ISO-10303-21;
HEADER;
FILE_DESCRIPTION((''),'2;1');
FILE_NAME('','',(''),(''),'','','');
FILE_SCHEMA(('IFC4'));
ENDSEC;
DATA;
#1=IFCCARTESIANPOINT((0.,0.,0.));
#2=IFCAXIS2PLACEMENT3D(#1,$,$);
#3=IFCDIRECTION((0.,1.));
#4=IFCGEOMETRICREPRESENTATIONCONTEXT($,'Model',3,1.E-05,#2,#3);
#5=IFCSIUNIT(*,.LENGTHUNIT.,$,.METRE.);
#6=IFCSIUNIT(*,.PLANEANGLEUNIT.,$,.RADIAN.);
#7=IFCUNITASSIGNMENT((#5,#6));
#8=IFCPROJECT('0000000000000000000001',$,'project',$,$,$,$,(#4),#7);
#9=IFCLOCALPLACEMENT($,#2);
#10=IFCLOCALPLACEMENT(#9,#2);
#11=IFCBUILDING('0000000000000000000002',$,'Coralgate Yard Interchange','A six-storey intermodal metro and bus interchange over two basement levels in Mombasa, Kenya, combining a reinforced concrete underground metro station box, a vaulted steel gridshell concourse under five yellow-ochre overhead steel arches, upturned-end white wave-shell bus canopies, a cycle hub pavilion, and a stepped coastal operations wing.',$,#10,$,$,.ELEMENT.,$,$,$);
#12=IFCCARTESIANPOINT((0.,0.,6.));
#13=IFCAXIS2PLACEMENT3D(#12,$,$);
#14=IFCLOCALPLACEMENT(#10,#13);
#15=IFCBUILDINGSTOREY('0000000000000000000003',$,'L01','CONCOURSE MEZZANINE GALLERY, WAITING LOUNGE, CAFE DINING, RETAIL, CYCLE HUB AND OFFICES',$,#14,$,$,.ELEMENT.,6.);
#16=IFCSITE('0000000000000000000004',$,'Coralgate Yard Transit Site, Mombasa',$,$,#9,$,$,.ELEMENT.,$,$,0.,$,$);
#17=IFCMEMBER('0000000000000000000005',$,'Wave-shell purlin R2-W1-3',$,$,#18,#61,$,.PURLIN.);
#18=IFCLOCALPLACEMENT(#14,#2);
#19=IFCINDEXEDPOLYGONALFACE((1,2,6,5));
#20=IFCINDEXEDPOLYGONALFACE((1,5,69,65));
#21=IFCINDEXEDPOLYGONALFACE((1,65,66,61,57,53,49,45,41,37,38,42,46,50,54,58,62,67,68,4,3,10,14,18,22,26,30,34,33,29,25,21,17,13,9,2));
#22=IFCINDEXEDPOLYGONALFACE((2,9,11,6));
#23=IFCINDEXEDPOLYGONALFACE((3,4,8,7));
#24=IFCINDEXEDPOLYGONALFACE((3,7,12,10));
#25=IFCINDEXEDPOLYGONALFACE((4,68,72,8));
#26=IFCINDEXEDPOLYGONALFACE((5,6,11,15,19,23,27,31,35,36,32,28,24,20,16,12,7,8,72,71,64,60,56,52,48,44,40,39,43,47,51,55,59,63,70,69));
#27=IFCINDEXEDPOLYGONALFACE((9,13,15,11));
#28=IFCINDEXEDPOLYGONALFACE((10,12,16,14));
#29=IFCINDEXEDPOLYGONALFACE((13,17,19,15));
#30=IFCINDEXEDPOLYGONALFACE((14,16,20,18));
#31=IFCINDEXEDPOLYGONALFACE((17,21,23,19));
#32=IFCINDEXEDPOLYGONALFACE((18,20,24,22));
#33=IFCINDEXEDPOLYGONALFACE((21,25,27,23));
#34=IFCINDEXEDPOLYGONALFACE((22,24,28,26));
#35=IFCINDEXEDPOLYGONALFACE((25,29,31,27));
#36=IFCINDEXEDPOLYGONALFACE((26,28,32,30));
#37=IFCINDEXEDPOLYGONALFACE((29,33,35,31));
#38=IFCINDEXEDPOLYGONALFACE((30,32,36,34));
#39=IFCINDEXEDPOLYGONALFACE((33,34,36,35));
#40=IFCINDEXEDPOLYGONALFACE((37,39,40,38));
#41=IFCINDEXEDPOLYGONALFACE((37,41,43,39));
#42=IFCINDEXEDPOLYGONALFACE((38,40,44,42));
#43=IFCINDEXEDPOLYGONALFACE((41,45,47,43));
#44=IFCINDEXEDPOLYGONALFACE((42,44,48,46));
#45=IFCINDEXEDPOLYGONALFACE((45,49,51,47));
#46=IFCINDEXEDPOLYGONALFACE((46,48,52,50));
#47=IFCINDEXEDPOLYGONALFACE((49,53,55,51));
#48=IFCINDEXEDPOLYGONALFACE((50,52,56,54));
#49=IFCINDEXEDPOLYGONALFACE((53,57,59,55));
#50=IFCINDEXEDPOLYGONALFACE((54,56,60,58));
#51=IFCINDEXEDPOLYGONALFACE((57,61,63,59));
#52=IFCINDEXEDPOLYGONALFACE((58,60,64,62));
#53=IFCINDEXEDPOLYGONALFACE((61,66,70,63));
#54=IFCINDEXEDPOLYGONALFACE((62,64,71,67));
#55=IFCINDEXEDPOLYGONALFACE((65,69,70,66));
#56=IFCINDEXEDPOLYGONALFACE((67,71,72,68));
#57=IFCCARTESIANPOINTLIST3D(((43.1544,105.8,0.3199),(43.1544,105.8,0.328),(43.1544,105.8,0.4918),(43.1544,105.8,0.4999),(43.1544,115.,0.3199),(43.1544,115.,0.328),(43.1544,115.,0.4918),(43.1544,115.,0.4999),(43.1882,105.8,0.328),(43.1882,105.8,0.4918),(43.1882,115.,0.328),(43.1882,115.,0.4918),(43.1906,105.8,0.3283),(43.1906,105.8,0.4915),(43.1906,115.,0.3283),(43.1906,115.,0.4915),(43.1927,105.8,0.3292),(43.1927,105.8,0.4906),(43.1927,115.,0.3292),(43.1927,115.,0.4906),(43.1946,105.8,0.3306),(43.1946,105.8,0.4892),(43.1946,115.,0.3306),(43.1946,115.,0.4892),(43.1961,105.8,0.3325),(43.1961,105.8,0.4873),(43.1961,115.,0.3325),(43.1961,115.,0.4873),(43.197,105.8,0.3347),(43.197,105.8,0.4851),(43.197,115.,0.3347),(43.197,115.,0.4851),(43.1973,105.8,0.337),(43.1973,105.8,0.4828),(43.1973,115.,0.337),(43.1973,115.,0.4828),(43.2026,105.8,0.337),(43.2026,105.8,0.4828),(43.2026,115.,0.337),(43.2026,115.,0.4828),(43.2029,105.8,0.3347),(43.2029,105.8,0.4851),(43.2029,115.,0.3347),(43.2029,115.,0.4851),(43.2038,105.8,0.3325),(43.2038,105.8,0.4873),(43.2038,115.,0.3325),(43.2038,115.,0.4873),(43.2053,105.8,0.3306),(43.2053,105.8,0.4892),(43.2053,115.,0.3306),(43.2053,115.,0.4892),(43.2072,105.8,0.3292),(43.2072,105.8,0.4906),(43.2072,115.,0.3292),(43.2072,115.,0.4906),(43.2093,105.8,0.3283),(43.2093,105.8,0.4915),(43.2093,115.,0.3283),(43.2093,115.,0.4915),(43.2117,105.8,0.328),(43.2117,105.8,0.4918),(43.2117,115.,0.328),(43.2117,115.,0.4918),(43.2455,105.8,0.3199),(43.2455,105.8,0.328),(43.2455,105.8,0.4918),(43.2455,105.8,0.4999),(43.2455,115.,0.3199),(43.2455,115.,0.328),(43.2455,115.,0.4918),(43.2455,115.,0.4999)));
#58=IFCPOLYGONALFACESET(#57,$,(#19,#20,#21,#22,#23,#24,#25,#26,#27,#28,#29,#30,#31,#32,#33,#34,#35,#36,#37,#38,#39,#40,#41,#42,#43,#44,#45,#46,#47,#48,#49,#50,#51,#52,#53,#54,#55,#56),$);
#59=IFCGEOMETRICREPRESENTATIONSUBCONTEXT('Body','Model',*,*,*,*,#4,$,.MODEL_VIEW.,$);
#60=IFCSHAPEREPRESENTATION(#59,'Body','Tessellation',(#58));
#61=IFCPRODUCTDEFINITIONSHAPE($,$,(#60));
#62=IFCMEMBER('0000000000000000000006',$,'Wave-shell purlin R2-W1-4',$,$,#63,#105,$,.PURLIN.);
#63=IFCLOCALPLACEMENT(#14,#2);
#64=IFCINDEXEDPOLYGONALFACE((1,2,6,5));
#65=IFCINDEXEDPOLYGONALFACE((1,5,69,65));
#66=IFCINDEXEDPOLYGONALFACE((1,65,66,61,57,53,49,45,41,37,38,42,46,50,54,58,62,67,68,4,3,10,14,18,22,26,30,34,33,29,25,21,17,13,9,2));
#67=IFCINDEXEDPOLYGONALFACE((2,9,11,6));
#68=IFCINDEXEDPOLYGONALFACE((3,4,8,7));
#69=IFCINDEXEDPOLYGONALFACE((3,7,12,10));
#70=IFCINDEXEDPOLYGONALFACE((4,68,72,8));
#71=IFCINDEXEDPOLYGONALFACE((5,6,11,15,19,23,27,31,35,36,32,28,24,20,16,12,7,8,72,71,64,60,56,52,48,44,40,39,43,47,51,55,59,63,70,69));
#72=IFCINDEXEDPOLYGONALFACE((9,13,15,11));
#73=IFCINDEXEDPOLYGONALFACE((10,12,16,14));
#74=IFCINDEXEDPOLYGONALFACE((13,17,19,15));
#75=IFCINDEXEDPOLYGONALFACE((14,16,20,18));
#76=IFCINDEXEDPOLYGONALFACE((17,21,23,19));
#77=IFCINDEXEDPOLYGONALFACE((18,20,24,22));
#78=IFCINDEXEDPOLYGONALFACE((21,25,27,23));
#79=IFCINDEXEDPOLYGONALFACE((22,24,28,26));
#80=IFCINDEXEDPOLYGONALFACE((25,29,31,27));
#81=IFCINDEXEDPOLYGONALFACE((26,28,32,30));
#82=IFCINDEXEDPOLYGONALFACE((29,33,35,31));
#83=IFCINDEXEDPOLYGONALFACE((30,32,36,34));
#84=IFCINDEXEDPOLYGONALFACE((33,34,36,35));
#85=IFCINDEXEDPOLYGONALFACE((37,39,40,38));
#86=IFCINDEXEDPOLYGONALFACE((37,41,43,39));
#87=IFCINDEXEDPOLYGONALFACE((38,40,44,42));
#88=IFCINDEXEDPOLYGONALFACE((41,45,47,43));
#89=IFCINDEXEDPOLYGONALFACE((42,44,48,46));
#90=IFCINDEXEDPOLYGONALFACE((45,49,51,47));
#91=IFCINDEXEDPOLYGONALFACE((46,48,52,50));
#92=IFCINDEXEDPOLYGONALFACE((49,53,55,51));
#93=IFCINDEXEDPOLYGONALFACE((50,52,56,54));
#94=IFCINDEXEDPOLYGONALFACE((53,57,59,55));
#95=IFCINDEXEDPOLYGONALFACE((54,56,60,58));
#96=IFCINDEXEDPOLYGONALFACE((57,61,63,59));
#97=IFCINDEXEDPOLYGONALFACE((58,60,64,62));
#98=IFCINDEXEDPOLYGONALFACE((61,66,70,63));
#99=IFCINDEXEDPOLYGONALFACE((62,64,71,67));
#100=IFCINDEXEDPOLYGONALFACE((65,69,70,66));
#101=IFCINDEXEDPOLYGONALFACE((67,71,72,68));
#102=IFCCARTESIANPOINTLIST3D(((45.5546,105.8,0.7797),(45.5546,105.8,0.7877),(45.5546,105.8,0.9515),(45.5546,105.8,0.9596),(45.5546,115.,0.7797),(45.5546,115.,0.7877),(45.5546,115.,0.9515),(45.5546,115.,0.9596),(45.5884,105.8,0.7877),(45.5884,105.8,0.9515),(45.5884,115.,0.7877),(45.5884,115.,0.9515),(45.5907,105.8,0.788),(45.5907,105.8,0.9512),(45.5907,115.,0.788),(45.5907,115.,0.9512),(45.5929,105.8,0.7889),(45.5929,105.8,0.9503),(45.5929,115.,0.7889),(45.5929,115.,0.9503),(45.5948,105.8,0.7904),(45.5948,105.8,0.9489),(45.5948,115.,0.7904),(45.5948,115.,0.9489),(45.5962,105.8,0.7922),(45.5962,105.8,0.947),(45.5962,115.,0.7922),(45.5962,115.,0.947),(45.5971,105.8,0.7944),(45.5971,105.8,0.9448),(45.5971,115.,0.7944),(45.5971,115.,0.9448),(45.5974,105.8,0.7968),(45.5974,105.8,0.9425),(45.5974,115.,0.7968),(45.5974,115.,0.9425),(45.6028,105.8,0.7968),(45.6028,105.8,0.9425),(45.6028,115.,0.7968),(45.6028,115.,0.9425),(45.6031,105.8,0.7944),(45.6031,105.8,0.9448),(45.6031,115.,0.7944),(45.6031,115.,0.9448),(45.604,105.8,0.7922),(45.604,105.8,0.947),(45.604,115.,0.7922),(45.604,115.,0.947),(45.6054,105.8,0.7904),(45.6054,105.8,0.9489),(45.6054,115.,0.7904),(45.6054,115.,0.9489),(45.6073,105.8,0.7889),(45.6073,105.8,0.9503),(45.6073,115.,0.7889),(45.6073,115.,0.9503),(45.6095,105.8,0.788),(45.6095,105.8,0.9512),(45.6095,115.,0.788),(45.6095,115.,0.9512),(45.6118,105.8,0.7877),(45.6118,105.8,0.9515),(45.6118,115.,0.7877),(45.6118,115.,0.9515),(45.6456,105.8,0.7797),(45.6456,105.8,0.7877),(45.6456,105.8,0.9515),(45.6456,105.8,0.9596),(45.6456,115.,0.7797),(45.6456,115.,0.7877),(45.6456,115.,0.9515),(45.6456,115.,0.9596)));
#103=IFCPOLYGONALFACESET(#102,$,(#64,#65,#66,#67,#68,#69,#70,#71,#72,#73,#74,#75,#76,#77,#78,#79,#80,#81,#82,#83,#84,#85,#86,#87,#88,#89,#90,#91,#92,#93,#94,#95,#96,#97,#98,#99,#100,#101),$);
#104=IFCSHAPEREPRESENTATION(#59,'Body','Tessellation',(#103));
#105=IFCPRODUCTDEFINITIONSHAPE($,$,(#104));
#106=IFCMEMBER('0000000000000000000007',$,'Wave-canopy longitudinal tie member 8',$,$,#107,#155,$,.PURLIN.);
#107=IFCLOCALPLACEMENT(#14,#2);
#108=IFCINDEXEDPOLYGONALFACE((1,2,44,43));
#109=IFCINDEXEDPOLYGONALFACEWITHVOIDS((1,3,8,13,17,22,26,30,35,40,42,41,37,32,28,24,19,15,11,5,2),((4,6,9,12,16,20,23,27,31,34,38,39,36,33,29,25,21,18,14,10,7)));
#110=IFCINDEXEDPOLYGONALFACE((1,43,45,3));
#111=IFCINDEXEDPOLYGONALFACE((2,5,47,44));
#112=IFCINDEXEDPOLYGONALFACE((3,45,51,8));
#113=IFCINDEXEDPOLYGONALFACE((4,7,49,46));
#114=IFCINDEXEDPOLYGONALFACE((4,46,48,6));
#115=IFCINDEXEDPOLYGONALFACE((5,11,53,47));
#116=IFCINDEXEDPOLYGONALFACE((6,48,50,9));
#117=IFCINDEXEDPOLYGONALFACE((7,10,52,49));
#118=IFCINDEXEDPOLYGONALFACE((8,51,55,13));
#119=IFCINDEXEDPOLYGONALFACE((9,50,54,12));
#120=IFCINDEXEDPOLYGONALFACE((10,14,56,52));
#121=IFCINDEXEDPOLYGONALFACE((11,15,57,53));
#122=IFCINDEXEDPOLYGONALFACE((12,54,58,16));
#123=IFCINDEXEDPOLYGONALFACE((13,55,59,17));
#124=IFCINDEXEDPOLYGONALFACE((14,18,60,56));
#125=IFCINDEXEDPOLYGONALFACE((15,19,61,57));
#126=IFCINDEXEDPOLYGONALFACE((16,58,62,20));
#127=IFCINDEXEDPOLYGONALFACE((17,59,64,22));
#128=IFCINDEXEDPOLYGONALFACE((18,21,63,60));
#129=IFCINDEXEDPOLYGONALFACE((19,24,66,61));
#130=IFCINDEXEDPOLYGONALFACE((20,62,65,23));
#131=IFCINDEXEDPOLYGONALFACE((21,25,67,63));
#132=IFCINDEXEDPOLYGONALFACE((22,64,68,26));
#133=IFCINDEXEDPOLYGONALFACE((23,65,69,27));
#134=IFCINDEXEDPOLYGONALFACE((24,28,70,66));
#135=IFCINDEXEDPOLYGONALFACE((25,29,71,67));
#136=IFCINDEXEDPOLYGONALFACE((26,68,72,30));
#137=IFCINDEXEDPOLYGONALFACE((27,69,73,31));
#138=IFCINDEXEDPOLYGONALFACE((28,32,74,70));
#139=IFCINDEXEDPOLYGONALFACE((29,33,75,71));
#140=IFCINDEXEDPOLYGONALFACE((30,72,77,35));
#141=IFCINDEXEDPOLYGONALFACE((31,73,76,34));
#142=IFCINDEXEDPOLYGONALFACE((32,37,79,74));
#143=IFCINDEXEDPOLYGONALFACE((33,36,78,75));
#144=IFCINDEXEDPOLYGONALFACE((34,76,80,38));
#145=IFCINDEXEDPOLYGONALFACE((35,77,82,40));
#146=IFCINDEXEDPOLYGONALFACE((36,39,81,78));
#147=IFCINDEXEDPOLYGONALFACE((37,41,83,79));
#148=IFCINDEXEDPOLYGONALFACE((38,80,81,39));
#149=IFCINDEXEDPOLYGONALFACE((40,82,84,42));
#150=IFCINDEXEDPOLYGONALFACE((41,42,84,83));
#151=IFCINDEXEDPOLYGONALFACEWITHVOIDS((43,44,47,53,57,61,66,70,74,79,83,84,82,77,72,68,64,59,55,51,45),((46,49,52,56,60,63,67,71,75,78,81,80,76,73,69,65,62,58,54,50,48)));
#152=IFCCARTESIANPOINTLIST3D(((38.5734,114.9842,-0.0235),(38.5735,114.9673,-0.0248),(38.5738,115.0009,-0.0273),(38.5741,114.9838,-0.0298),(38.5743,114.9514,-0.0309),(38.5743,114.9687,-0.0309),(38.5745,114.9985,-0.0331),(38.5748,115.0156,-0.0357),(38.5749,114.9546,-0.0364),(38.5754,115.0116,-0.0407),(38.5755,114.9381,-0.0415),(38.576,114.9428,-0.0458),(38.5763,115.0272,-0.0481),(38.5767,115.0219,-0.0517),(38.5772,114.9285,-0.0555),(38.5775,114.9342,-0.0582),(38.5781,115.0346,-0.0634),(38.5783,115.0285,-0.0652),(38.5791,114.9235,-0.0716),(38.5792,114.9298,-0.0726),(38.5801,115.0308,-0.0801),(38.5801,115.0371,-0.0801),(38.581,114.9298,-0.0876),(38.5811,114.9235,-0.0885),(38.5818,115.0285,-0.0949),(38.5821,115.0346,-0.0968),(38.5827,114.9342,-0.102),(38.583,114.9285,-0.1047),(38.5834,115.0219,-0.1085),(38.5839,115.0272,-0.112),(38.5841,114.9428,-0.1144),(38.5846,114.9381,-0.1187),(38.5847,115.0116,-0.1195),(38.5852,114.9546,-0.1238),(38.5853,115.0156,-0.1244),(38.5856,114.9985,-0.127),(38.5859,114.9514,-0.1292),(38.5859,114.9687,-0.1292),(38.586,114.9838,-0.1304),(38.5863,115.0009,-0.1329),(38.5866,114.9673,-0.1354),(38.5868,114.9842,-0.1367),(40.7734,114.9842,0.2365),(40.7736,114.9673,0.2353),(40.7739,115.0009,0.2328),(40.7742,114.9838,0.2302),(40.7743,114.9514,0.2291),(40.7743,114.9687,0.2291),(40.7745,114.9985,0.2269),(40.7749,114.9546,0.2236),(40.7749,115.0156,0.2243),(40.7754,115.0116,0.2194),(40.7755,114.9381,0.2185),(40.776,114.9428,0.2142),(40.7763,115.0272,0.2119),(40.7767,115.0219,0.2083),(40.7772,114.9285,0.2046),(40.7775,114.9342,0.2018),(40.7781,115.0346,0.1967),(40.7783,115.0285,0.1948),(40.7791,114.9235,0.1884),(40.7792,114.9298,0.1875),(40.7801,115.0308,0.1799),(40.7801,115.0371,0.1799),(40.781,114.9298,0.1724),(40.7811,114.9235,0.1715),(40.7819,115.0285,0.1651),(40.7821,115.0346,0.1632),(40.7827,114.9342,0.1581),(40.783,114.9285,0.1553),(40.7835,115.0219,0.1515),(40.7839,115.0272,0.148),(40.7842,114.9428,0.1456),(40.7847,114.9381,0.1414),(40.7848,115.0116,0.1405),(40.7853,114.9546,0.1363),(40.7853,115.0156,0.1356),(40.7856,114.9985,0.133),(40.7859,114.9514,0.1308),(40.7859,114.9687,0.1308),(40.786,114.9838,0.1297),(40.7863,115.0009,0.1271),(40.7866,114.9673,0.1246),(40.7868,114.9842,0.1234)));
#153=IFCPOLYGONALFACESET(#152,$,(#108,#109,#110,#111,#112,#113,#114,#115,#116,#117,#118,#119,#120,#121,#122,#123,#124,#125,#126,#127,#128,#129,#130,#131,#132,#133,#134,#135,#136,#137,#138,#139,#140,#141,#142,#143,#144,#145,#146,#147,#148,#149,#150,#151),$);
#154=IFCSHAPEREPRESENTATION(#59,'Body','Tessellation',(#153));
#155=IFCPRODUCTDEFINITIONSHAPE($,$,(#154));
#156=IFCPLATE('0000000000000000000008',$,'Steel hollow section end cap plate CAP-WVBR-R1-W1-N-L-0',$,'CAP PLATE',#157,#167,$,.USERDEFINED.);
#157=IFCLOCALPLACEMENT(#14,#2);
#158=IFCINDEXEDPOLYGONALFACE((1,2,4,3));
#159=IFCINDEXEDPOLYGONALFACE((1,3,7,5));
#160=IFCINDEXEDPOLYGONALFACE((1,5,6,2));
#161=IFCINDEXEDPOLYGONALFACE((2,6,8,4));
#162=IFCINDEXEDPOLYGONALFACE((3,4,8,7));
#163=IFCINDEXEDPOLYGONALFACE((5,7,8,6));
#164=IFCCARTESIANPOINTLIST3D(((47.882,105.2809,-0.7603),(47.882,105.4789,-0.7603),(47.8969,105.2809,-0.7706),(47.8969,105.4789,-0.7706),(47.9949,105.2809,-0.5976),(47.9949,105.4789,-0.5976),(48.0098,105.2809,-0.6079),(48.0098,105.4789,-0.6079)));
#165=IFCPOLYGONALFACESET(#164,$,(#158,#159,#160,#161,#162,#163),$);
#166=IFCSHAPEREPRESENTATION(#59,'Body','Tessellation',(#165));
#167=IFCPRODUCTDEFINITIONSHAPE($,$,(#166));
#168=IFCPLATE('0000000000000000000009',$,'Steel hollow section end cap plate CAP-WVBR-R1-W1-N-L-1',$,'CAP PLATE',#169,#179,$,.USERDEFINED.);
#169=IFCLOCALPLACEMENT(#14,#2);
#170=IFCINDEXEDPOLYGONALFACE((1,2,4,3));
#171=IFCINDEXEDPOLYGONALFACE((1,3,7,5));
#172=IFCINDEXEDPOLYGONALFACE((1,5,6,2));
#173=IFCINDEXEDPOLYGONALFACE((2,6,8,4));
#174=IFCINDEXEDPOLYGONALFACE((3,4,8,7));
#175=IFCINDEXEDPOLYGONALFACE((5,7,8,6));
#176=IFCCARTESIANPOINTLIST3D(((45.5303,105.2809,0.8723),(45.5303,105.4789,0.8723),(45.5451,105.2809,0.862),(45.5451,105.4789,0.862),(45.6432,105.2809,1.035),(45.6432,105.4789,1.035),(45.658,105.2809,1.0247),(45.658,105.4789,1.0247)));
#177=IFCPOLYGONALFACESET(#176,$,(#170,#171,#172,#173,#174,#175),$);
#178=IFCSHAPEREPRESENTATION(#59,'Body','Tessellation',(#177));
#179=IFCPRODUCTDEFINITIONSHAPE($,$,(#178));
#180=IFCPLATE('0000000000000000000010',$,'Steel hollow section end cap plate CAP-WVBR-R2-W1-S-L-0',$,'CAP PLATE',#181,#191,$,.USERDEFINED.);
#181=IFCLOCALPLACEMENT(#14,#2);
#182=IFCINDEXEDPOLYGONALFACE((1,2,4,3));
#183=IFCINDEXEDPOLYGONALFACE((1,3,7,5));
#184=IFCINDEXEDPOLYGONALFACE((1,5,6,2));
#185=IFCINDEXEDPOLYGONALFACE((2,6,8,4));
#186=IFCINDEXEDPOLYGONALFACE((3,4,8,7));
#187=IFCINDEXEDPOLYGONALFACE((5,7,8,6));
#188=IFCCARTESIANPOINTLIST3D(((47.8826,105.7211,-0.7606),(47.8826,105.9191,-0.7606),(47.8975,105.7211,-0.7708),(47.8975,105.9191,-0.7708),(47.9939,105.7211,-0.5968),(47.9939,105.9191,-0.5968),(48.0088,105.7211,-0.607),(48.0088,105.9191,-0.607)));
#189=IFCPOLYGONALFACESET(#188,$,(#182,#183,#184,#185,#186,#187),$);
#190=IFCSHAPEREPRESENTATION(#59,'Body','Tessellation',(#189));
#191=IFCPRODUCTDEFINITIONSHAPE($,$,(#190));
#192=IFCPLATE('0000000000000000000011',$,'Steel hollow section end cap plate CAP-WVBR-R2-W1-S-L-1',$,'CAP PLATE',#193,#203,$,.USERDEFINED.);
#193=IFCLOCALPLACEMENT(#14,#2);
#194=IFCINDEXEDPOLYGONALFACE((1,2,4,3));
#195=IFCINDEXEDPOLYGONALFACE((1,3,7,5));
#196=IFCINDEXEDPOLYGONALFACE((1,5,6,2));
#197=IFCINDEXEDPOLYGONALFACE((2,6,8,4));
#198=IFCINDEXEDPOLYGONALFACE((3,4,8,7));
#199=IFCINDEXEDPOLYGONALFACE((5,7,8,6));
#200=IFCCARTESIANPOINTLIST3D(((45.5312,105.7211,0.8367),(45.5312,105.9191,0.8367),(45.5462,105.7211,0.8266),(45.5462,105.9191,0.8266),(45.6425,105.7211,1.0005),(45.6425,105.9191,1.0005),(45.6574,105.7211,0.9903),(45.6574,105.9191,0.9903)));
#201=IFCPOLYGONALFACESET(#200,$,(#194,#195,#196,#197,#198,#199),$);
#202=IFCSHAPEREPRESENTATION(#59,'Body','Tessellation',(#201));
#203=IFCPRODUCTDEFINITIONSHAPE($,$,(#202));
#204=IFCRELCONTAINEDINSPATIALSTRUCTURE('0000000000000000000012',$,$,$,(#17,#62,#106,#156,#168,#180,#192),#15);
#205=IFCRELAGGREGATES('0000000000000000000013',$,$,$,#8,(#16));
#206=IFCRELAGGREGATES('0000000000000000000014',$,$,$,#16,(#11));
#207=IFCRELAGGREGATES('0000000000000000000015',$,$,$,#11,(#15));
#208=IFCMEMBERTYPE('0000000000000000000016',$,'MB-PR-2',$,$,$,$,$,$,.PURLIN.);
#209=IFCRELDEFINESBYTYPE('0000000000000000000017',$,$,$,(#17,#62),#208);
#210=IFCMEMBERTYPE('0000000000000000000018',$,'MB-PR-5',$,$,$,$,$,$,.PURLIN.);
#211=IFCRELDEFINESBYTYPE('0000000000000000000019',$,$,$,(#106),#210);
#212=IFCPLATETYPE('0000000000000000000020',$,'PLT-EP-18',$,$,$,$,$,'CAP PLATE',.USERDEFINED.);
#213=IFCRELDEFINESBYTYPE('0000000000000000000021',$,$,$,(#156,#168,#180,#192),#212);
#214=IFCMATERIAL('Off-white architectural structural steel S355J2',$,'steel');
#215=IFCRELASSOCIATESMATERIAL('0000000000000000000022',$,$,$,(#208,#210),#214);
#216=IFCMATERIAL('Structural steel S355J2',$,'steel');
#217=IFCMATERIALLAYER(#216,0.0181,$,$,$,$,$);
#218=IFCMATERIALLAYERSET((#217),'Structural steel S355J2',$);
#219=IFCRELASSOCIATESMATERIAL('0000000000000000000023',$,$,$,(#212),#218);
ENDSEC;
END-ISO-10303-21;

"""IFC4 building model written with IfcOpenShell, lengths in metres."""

from ifc_helpers import new_model, si_unit, direction, frame, origin, origin_2d, place, context, subcontext, project, spatial, rectangle, hollow_circle, i_section, extrude, material, layer, layer_set, material_profile, profile_set, type_object, element, save


model = new_model("IFC4")

# Units and contexts
model_context = context("Model", 3, precision=1e-05, world=origin(), true_north=direction((0.0, 1.0)))
body_context = subcontext(model_context, "Body", "Model", "MODEL_VIEW")
ifc_project = project(units=[si_unit("LENGTHUNIT", "METRE"), si_unit("PLANEANGLEUNIT", "RADIAN")], contexts=[model_context])

# Site, building, storey
site_placement = place(None, origin())
site = spatial("IfcSite", under=ifc_project, at=site_placement, Name="Coralgate Yard Transit Site, Mombasa", CompositionType="ELEMENT", RefElevation=0.0)
building_placement = place(site_placement, origin())
building = spatial("IfcBuilding", under=site, at=building_placement, Name="Coralgate Yard Interchange", Description="A six-storey intermodal metro and bus interchange over two basement levels in Mombasa, Kenya, combining a reinforced concrete underground metro station box, a vaulted steel gridshell concourse under five yellow-ochre overhead steel arches, upturned-end white wave-shell bus canopies, a cycle hub pavilion, and a stepped coastal operations wing.", CompositionType="ELEMENT")
storey_placement = place(building_placement, frame((0.0, 0.0, 6.0)))
storey = spatial("IfcBuildingStorey", under=building, at=storey_placement, Name="L01", Description="CONCOURSE MEZZANINE GALLERY, WAITING LOUNGE, CAFE DINING, RETAIL, CYCLE HUB AND OFFICES", CompositionType="ELEMENT", Elevation=6.0)

# Shared definitions
ifc_material_1 = material(Name="Structural steel S355J2", Category="steel")

# Shared definitions
ifc_material_2 = material(Name="Off-white architectural structural steel S355J2", Category="steel")

# Members
ifc_material_profile_1 = material_profile(ifc_material_2, i_section(OverallWidth=0.0911, OverallDepth=0.1799, WebThickness=0.0054, FlangeThickness=0.0081, FilletRadius=0.009, at=origin_2d()), Name="IPE 180")
ifc_profile_set_1 = profile_set([ifc_material_profile_1], Name="Off-white architectural structural steel S355J2")
member_type_1 = type_object("IfcMemberType", Name="MB-PR-2", PredefinedType="PURLIN", material=ifc_profile_set_1)
for number, where, z_axis, x_axis, name in (
    (1, (43.2, 105.8, 0.4099), (0.0, 1.0, 0.0), (-1.0, 0.0, 0.0), "Wave-shell purlin R2-W1-3"),
    (2, (45.6001, 105.8, 0.8696), (0.0, 1.0, 0.0), (-1.0, 0.0, 0.0), "Wave-shell purlin R2-W1-4"),
):
    element("IfcMember", number, at=place(storey_placement, frame(where, z_axis=z_axis, x_axis=x_axis)), inside=storey, type_object=member_type_1, Name=name, PredefinedType="PURLIN", context=body_context, shape_type="SweptSolid", body=[
        extrude(i_section(OverallWidth=0.0911, OverallDepth=0.1799, WebThickness=0.0054, FlangeThickness=0.0081, FilletRadius=0.009, at=origin_2d()), origin(), (0.0, 0.0, 1.0), 9.2),
    ])
ifc_material_profile_2 = material_profile(ifc_material_2, hollow_circle(Radius=0.0571, WallThickness=0.0063, at=origin_2d()), Name="CHS 114.3x6.3")
ifc_profile_set_2 = profile_set([ifc_material_profile_2], Name="Off-white architectural structural steel S355J2")
member_type_2 = type_object("IfcMemberType", Name="MB-PR-5", PredefinedType="PURLIN", material=ifc_profile_set_2)
member_1_placement = place(storey_placement, frame((38.5801, 114.98, -0.0801), z_axis=(0.993088, 0.0, 0.117372), x_axis=(0.0, 1.0, 0.0)))
element("IfcMember", 3, at=member_1_placement, inside=storey, type_object=member_type_2, Name="Wave-canopy longitudinal tie member 8", PredefinedType="PURLIN", context=body_context, shape_type="SweptSolid", body=[
    extrude(hollow_circle(Radius=0.0571, WallThickness=0.0063, at=origin_2d()), origin(), (0.0, 0.0, 1.0), 2.2153),
])

# Plates
ifc_layer_1 = layer(ifc_material_1, 0.0181)
ifc_layer_set_1 = layer_set([ifc_layer_1], Name="Structural steel S355J2")
plate_type = type_object("IfcPlateType", Name="PLT-EP-18", ElementType="CAP PLATE", PredefinedType="USERDEFINED", material=ifc_layer_set_1)
for number, where, z_axis, x_axis, name in (
    (4, (47.9385, 105.3799, -0.679), (0.821436, 0.0, -0.570301), (0.0, 1.0, 0.0), "Steel hollow section end cap plate CAP-WVBR-R1-W1-N-L-0"),
    (5, (45.6016, 105.3799, 0.9434), (-0.821436, 0.0, 0.570301), (0.0, -1.0, 0.0), "Steel hollow section end cap plate CAP-WVBR-R1-W1-N-L-1"),
    (6, (47.9382, 105.8201, -0.6787), (0.827189, 0.0, -0.561923), (0.0, 1.0, 0.0), "Steel hollow section end cap plate CAP-WVBR-R2-W1-S-L-0"),
    (7, (45.6018, 105.8201, 0.9084), (-0.827189, 0.0, 0.561923), (0.0, -1.0, 0.0), "Steel hollow section end cap plate CAP-WVBR-R2-W1-S-L-1"),
):
    element("IfcPlate", number, at=place(storey_placement, frame(where, z_axis=z_axis, x_axis=x_axis)), inside=storey, type_object=plate_type, Name=name, ObjectType="CAP PLATE", PredefinedType="USERDEFINED", context=body_context, shape_type="SweptSolid", body=[
        extrude(rectangle(XDim=0.198, YDim=0.198, at=origin_2d()), origin(), (0.0, 0.0, 1.0), 0.0181),
    ])

save(model, "model.ifc")
